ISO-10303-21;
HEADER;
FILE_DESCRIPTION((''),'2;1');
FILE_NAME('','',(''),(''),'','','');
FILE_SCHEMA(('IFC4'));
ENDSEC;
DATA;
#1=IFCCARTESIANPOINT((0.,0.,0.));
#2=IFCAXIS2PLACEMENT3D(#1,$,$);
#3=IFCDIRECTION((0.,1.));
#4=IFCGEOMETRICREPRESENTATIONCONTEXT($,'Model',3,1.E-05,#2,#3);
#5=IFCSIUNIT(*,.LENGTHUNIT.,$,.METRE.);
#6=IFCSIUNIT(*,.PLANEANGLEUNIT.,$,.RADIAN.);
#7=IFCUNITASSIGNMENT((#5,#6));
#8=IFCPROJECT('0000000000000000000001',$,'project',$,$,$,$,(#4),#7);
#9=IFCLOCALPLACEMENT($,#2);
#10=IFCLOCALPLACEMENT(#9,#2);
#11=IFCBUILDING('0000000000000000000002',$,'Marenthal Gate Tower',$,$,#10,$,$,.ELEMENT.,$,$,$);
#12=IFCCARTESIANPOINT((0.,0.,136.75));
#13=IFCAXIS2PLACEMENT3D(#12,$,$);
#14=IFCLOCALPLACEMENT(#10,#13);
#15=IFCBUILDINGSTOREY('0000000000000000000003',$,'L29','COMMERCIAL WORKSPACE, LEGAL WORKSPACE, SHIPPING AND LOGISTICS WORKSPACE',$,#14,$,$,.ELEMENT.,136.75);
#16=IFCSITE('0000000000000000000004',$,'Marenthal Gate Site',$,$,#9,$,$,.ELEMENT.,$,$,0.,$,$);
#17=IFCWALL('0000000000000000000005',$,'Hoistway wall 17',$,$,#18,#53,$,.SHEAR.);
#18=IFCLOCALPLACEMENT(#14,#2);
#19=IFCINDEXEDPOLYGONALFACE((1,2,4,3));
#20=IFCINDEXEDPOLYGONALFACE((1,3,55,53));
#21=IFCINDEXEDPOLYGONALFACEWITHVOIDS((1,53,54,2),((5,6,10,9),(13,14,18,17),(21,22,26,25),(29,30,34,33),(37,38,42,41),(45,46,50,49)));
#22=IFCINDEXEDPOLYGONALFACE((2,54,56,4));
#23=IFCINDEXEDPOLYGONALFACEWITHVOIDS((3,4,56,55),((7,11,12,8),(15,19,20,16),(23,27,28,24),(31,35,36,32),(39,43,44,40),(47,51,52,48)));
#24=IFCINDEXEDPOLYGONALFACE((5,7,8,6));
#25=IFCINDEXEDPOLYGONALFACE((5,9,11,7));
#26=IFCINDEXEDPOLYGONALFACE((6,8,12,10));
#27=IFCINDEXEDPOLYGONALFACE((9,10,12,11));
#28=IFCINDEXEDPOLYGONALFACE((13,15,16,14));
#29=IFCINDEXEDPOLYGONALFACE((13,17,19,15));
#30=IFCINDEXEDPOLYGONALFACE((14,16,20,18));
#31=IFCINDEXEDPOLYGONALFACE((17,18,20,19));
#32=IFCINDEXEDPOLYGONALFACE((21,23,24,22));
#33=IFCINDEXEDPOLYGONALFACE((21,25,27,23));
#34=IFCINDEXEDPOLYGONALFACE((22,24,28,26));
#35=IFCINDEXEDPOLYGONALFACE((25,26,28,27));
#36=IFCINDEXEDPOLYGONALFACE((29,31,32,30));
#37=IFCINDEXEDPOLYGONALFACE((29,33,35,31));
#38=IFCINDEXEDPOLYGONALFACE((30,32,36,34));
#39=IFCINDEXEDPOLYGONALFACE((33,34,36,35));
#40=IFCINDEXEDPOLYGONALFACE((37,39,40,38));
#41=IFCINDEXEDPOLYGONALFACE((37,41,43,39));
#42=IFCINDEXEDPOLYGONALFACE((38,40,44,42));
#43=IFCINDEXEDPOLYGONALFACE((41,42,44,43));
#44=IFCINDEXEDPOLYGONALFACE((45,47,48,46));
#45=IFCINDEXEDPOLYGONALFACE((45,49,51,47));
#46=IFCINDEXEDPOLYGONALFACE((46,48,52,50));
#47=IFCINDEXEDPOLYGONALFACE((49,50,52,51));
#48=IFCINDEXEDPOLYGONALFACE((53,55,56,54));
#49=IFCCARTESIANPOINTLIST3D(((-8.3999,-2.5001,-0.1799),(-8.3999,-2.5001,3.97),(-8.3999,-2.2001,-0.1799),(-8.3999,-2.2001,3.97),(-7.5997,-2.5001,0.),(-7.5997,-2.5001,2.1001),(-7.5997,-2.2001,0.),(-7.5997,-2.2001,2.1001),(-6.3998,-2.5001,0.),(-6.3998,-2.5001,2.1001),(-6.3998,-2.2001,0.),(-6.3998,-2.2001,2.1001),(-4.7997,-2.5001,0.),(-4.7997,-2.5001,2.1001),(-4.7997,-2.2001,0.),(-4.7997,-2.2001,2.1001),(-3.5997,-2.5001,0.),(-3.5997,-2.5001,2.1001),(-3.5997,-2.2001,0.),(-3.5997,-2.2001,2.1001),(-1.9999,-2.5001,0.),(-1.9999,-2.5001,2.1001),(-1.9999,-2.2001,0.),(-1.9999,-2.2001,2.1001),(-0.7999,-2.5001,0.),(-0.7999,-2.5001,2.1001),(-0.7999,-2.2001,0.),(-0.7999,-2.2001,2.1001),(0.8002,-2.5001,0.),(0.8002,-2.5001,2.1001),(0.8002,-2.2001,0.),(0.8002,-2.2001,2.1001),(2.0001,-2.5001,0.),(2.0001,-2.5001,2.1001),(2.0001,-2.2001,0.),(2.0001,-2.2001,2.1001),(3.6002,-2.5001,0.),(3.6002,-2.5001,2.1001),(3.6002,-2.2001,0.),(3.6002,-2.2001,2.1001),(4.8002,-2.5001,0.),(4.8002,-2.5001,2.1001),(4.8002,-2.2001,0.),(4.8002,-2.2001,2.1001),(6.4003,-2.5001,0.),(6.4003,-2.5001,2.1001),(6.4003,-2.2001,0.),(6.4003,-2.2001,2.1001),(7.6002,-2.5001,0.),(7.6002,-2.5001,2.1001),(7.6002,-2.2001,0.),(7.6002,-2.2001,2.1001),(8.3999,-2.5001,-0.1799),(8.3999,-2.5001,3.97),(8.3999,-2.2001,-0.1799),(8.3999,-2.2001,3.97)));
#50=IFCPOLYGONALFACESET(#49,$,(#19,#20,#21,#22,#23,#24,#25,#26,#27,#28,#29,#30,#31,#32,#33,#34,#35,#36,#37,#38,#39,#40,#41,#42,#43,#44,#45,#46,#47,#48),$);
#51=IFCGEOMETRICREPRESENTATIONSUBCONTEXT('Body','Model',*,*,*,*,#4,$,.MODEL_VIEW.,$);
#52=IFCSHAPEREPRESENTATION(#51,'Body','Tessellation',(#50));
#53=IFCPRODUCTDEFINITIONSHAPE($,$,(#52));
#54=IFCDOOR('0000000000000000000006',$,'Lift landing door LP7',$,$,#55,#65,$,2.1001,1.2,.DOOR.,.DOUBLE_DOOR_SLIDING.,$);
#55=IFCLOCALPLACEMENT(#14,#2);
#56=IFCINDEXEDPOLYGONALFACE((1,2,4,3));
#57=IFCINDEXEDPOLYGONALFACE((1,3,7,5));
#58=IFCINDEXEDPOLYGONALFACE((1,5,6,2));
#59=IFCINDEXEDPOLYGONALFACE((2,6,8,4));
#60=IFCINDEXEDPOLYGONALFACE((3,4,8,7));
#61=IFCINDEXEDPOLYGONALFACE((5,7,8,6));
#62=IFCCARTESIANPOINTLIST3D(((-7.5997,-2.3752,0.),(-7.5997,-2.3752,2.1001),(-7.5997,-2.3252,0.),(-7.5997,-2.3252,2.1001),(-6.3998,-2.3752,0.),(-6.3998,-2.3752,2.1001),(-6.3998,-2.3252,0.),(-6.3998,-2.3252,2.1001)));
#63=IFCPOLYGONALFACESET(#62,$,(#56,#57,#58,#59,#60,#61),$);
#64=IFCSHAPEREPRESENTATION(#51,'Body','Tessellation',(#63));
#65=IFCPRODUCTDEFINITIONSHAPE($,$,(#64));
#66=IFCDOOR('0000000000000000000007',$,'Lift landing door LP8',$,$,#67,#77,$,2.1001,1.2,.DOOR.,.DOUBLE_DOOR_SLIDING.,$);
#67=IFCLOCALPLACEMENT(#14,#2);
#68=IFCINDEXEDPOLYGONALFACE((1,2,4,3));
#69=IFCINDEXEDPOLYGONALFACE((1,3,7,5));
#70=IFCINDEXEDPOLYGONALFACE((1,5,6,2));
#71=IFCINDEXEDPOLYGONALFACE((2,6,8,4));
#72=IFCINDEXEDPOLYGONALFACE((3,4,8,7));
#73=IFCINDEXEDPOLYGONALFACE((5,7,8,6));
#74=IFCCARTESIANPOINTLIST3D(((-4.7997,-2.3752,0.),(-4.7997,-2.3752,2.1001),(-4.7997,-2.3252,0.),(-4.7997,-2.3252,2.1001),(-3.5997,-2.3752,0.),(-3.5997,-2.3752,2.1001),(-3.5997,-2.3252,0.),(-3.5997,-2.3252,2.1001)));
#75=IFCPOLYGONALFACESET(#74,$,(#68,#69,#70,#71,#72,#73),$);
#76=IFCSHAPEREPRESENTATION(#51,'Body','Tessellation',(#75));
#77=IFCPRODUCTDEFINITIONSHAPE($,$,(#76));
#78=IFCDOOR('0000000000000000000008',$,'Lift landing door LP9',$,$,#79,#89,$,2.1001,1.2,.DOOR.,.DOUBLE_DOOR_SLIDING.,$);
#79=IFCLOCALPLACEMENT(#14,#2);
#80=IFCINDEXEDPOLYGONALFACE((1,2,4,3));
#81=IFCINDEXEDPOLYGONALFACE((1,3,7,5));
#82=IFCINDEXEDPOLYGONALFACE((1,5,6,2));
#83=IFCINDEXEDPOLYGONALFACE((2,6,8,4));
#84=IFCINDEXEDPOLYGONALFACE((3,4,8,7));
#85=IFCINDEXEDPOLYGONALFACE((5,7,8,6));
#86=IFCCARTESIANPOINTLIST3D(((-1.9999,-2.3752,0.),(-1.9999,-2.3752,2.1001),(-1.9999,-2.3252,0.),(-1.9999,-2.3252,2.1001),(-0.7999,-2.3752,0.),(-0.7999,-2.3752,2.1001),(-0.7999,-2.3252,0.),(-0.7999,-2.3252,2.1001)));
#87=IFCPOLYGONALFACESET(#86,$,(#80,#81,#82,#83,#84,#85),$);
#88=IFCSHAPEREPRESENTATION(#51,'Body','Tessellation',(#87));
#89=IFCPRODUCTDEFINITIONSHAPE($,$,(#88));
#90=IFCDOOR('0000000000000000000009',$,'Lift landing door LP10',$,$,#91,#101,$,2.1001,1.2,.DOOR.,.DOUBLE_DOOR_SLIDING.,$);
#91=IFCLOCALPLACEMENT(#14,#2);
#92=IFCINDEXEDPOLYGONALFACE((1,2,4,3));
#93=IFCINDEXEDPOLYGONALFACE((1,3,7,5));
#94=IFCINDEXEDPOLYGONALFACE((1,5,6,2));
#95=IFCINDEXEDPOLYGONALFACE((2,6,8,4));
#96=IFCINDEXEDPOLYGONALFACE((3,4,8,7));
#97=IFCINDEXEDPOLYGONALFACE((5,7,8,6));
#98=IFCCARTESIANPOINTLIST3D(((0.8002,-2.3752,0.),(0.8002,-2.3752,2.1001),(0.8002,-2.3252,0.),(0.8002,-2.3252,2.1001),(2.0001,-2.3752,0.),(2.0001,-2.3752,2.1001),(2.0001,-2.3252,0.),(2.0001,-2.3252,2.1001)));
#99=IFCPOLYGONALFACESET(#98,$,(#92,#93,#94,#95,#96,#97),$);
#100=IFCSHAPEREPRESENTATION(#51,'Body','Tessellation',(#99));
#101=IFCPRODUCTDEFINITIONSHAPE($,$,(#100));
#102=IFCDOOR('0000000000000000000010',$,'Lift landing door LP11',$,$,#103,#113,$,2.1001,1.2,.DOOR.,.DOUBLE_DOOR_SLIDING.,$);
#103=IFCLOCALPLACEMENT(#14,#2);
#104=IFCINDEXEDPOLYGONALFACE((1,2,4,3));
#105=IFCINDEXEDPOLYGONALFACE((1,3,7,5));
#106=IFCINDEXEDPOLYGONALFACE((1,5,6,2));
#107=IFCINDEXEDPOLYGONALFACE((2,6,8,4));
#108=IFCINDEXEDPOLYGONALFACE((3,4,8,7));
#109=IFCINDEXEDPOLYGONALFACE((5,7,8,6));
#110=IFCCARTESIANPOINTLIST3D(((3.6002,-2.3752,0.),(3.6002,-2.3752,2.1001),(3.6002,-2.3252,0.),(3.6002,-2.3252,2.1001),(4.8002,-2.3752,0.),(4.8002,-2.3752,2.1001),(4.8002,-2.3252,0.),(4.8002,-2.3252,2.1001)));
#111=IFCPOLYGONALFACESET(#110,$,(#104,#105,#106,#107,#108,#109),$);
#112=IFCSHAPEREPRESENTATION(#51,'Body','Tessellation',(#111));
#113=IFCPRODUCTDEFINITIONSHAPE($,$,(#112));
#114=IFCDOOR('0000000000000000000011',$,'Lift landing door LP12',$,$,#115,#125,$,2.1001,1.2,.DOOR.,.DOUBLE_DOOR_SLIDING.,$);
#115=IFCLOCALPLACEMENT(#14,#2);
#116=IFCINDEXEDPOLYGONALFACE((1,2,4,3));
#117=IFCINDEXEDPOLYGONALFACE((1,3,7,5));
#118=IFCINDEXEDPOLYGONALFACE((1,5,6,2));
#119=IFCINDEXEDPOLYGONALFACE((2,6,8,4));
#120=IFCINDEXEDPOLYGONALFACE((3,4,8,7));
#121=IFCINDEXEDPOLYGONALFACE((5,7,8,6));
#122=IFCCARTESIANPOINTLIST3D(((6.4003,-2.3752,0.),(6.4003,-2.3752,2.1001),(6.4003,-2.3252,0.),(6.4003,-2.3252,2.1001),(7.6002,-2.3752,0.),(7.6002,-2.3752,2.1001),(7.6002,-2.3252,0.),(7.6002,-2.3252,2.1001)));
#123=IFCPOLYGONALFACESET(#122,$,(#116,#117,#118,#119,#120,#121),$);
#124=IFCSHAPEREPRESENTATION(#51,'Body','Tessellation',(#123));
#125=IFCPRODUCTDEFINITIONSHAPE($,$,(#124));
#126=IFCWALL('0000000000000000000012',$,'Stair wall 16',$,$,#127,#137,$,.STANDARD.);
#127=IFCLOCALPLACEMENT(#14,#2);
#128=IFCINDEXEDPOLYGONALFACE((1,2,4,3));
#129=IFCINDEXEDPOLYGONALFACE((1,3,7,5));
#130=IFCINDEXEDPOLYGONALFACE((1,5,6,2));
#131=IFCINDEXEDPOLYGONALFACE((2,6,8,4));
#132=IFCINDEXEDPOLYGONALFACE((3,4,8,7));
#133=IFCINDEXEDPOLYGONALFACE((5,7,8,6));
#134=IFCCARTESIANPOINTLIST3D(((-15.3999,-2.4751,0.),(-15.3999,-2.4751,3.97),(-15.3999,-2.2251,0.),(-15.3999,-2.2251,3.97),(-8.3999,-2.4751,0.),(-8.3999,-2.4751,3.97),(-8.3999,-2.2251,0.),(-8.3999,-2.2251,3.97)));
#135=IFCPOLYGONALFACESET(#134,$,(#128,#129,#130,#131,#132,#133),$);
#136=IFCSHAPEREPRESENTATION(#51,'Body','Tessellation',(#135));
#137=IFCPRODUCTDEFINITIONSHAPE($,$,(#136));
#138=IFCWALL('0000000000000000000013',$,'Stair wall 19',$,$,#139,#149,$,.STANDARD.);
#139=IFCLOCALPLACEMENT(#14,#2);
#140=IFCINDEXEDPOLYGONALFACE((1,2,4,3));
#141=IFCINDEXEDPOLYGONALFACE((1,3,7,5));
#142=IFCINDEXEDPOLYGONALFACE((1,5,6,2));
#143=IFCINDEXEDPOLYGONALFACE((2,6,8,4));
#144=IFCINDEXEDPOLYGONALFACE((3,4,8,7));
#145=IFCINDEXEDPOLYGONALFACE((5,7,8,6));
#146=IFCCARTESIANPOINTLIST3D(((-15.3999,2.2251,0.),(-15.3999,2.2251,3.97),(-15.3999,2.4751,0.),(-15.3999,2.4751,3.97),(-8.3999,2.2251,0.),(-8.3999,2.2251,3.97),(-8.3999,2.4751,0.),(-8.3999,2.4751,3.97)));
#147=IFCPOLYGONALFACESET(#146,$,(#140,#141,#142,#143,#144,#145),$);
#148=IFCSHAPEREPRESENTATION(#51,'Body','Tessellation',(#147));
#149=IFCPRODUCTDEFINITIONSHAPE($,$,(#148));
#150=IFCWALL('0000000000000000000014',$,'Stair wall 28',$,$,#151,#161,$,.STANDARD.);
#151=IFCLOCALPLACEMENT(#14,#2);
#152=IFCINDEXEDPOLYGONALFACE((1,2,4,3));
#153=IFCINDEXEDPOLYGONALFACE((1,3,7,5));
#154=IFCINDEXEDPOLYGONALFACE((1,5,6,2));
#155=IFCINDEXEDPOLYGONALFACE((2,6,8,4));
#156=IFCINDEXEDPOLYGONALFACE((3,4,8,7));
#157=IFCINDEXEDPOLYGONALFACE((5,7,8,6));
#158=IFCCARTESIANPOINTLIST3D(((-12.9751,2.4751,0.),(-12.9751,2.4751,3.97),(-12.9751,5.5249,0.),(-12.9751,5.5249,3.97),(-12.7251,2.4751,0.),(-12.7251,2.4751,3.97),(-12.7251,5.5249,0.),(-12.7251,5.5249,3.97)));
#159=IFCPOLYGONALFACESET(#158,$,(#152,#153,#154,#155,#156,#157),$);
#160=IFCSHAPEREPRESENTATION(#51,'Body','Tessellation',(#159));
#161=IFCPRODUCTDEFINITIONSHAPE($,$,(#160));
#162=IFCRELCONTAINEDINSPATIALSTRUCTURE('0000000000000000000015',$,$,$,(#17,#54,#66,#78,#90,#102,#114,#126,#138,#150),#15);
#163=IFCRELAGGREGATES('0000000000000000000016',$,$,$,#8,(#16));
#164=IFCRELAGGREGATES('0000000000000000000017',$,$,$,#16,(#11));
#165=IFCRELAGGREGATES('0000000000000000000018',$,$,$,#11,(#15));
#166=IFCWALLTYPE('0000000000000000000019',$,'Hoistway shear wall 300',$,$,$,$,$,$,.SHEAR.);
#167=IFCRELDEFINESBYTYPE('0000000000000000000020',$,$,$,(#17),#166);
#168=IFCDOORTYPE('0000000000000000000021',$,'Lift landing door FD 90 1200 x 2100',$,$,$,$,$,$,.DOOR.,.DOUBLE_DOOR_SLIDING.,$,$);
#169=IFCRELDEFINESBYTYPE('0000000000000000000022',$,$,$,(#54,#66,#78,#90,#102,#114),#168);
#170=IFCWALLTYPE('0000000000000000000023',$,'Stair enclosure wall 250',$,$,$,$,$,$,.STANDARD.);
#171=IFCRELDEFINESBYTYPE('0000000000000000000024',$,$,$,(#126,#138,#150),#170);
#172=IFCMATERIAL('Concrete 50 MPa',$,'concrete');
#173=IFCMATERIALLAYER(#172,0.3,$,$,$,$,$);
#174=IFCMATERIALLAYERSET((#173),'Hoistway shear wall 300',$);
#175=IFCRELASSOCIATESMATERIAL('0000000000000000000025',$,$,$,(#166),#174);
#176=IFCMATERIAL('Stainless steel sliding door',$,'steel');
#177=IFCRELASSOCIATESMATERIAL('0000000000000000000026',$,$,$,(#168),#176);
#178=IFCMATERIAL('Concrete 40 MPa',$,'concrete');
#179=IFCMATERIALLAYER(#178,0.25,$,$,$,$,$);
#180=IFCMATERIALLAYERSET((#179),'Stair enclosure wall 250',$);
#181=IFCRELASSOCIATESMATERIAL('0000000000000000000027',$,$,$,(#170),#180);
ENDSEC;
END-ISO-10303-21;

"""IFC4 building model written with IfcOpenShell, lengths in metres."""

from ifc_helpers import new_model, si_unit, direction, frame, frame_2d, origin, place, context, subcontext, project, spatial, rectangle, extrude, material, layer, layer_set, type_object, element, fill, save


model = new_model("IFC4")

# Units and contexts
model_context = context("Model", 3, precision=1e-05, world=origin(), true_north=direction((0.0, 1.0)))
body_context = subcontext(model_context, "Body", "Model", "MODEL_VIEW")
ifc_project = project(units=[si_unit("LENGTHUNIT", "METRE"), si_unit("PLANEANGLEUNIT", "RADIAN")], contexts=[model_context])

# Site, building, storey
site_placement = place(None, origin())
site = spatial("IfcSite", under=ifc_project, at=site_placement, Name="Marenthal Gate Site", CompositionType="ELEMENT", RefElevation=0.0)
building_placement = place(site_placement, origin())
building = spatial("IfcBuilding", under=site, at=building_placement, Name="Marenthal Gate Tower", CompositionType="ELEMENT")
storey_placement = place(building_placement, frame((0.0, 0.0, 136.75)))
storey = spatial("IfcBuildingStorey", under=building, at=storey_placement, Name="L29", Description="COMMERCIAL WORKSPACE, LEGAL WORKSPACE, SHIPPING AND LOGISTICS WORKSPACE", CompositionType="ELEMENT", Elevation=136.75)

# Wall, openings, doors
ifc_material_1 = material(Name="Concrete 50 MPa", Category="concrete")
ifc_layer_1 = layer(ifc_material_1, 0.3)
ifc_layer_set_1 = layer_set([ifc_layer_1], Name="Hoistway shear wall 300")
wall_type_1 = type_object("IfcWallType", Name="Hoistway shear wall 300", PredefinedType="SHEAR", material=ifc_layer_set_1)
wall_1_placement = place(storey_placement, frame((-8.3999, -2.3501, -0.1799), z_axis=(0.0, 0.0, 1.0), x_axis=(1.0, 0.0, 0.0)))
wall_1 = element("IfcWall", 1, at=wall_1_placement, inside=storey, type_object=wall_type_1, Name="Hoistway wall 17", PredefinedType="SHEAR", context=body_context, shape_type="SweptSolid", body=[
    extrude(rectangle(XDim=16.7998, YDim=0.3, at=frame_2d((8.3999, 0.0))), origin(), (0.0, 0.0, 1.0), 4.1499),
])
opening_1_placement = place(wall_1_placement, frame((0.8, 0.0, 0.1799)))
opening_1 = element("IfcOpeningElement", 2, at=opening_1_placement, cuts=wall_1, PredefinedType="OPENING", context=body_context, shape_type="SweptSolid", body=[
    extrude(rectangle(XDim=1.2, YDim=2.1001, at=frame_2d((0.6001, 1.05))), frame((0.0, 0.1602, 0.0), z_axis=(0.0, -1.0, 0.0), x_axis=(1.0, 0.0, 0.0)), (0.0, 0.0, 1.0), 0.3201),
])
opening_2_placement = place(wall_1_placement, frame((3.6001, 0.0, 0.1799)))
opening_2 = element("IfcOpeningElement", 3, at=opening_2_placement, cuts=wall_1, PredefinedType="OPENING", context=body_context, shape_type="SweptSolid", body=[
    extrude(rectangle(XDim=1.2, YDim=2.1001, at=frame_2d((0.6001, 1.05))), frame((0.0, 0.1602, 0.0), z_axis=(0.0, -1.0, 0.0), x_axis=(1.0, 0.0, 0.0)), (0.0, 0.0, 1.0), 0.3201),
])
opening_3_placement = place(wall_1_placement, frame((6.3999, 0.0, 0.1799)))
opening_3 = element("IfcOpeningElement", 4, at=opening_3_placement, cuts=wall_1, PredefinedType="OPENING", context=body_context, shape_type="SweptSolid", body=[
    extrude(rectangle(XDim=1.2, YDim=2.1001, at=frame_2d((0.6001, 1.05))), frame((0.0, 0.1602, 0.0), z_axis=(0.0, -1.0, 0.0), x_axis=(1.0, 0.0, 0.0)), (0.0, 0.0, 1.0), 0.3201),
])
opening_4_placement = place(wall_1_placement, frame((9.2, 0.0, 0.1799)))
opening_4 = element("IfcOpeningElement", 5, at=opening_4_placement, cuts=wall_1, PredefinedType="OPENING", context=body_context, shape_type="SweptSolid", body=[
    extrude(rectangle(XDim=1.2, YDim=2.1001, at=frame_2d((0.6001, 1.05))), frame((0.0, 0.1602, 0.0), z_axis=(0.0, -1.0, 0.0), x_axis=(1.0, 0.0, 0.0)), (0.0, 0.0, 1.0), 0.3201),
])
opening_5_placement = place(wall_1_placement, frame((12.0, 0.0, 0.1799)))
opening_5 = element("IfcOpeningElement", 6, at=opening_5_placement, cuts=wall_1, PredefinedType="OPENING", context=body_context, shape_type="SweptSolid", body=[
    extrude(rectangle(XDim=1.2, YDim=2.1001, at=frame_2d((0.6001, 1.05))), frame((0.0, 0.1602, 0.0), z_axis=(0.0, -1.0, 0.0), x_axis=(1.0, 0.0, 0.0)), (0.0, 0.0, 1.0), 0.3201),
])
opening_6_placement = place(wall_1_placement, frame((14.8, 0.0, 0.1799)))
opening_6 = element("IfcOpeningElement", 7, at=opening_6_placement, cuts=wall_1, PredefinedType="OPENING", context=body_context, shape_type="SweptSolid", body=[
    extrude(rectangle(XDim=1.2, YDim=2.1001, at=frame_2d((0.6001, 1.05))), frame((0.0, 0.1602, 0.0), z_axis=(0.0, -1.0, 0.0), x_axis=(1.0, 0.0, 0.0)), (0.0, 0.0, 1.0), 0.3201),
])
ifc_material_2 = material(Name="Stainless steel sliding door", Category="steel")
door_type_1 = type_object("IfcDoorType", Name="Lift landing door FD 90 1200 x 2100", OperationType="DOUBLE_DOOR_SLIDING", PredefinedType="DOOR", material=ifc_material_2)
door_1_placement = place(opening_1_placement, origin())
door_1 = element("IfcDoor", 8, at=door_1_placement, inside=storey, type_object=door_type_1, Name="Lift landing door LP7", OperationType="DOUBLE_DOOR_SLIDING", OverallHeight=2.1001, OverallWidth=1.2, PredefinedType="DOOR", context=body_context, shape_type="SweptSolid", body=[
    extrude(rectangle(XDim=1.2, YDim=2.1001, at=frame_2d((0.6001, 1.05))), frame((0.0, 0.0249, 0.0), z_axis=(0.0, -1.0, 0.0), x_axis=(1.0, 0.0, 0.0)), (0.0, 0.0, 1.0), 0.05),
])
fill(opening_1, door_1)
door_2_placement = place(opening_2_placement, origin())
door_2 = element("IfcDoor", 9, at=door_2_placement, inside=storey, type_object=door_type_1, Name="Lift landing door LP8", OperationType="DOUBLE_DOOR_SLIDING", OverallHeight=2.1001, OverallWidth=1.2, PredefinedType="DOOR", context=body_context, shape_type="SweptSolid", body=[
    extrude(rectangle(XDim=1.2, YDim=2.1001, at=frame_2d((0.6001, 1.05))), frame((0.0, 0.0249, 0.0), z_axis=(0.0, -1.0, 0.0), x_axis=(1.0, 0.0, 0.0)), (0.0, 0.0, 1.0), 0.05),
])
fill(opening_2, door_2)
door_3_placement = place(opening_3_placement, origin())
door_3 = element("IfcDoor", 10, at=door_3_placement, inside=storey, type_object=door_type_1, Name="Lift landing door LP9", OperationType="DOUBLE_DOOR_SLIDING", OverallHeight=2.1001, OverallWidth=1.2, PredefinedType="DOOR", context=body_context, shape_type="SweptSolid", body=[
    extrude(rectangle(XDim=1.2, YDim=2.1001, at=frame_2d((0.6001, 1.05))), frame((0.0, 0.0249, 0.0), z_axis=(0.0, -1.0, 0.0), x_axis=(1.0, 0.0, 0.0)), (0.0, 0.0, 1.0), 0.05),
])
fill(opening_3, door_3)
door_4_placement = place(opening_4_placement, origin())
door_4 = element("IfcDoor", 11, at=door_4_placement, inside=storey, type_object=door_type_1, Name="Lift landing door LP10", OperationType="DOUBLE_DOOR_SLIDING", OverallHeight=2.1001, OverallWidth=1.2, PredefinedType="DOOR", context=body_context, shape_type="SweptSolid", body=[
    extrude(rectangle(XDim=1.2, YDim=2.1001, at=frame_2d((0.6001, 1.05))), frame((0.0, 0.0249, 0.0), z_axis=(0.0, -1.0, 0.0), x_axis=(1.0, 0.0, 0.0)), (0.0, 0.0, 1.0), 0.05),
])
fill(opening_4, door_4)
door_5_placement = place(opening_5_placement, origin())
door_5 = element("IfcDoor", 12, at=door_5_placement, inside=storey, type_object=door_type_1, Name="Lift landing door LP11", OperationType="DOUBLE_DOOR_SLIDING", OverallHeight=2.1001, OverallWidth=1.2, PredefinedType="DOOR", context=body_context, shape_type="SweptSolid", body=[
    extrude(rectangle(XDim=1.2, YDim=2.1001, at=frame_2d((0.6001, 1.05))), frame((0.0, 0.0249, 0.0), z_axis=(0.0, -1.0, 0.0), x_axis=(1.0, 0.0, 0.0)), (0.0, 0.0, 1.0), 0.05),
])
fill(opening_5, door_5)
door_6_placement = place(opening_6_placement, origin())
door_6 = element("IfcDoor", 13, at=door_6_placement, inside=storey, type_object=door_type_1, Name="Lift landing door LP12", OperationType="DOUBLE_DOOR_SLIDING", OverallHeight=2.1001, OverallWidth=1.2, PredefinedType="DOOR", context=body_context, shape_type="SweptSolid", body=[
    extrude(rectangle(XDim=1.2, YDim=2.1001, at=frame_2d((0.6001, 1.05))), frame((0.0, 0.0249, 0.0), z_axis=(0.0, -1.0, 0.0), x_axis=(1.0, 0.0, 0.0)), (0.0, 0.0, 1.0), 0.05),
])
fill(opening_6, door_6)

# Walls
ifc_material_3 = material(Name="Concrete 40 MPa", Category="concrete")
ifc_layer_2 = layer(ifc_material_3, 0.25)
ifc_layer_set_2 = layer_set([ifc_layer_2], Name="Stair enclosure wall 250")
wall_type_2 = type_object("IfcWallType", Name="Stair enclosure wall 250", PredefinedType="STANDARD", material=ifc_layer_set_2)
for number, where, z_axis, x_axis, name in (
    (14, (-15.3999, -2.3501, 0.0), (0.0, 0.0, 1.0), (1.0, 0.0, 0.0), "Stair wall 16"),
    (15, (-15.3999, 2.3501, 0.0), (0.0, 0.0, 1.0), (1.0, 0.0, 0.0), "Stair wall 19"),
):
    element("IfcWall", number, at=place(storey_placement, frame(where, z_axis=z_axis, x_axis=x_axis)), inside=storey, type_object=wall_type_2, Name=name, PredefinedType="STANDARD", context=body_context, shape_type="SweptSolid", body=[
        extrude(rectangle(XDim=7.0, YDim=0.25, at=frame_2d((3.5, 0.0))), origin(), (0.0, 0.0, 1.0), 3.97),
    ])
wall_2_placement = place(storey_placement, frame((-12.8501, 2.4751, 0.0), z_axis=(0.0, 0.0, 1.0), x_axis=(0.0, 1.0, 0.0)))
element("IfcWall", 16, at=wall_2_placement, inside=storey, type_object=wall_type_2, Name="Stair wall 28", PredefinedType="STANDARD", context=body_context, shape_type="SweptSolid", body=[
    extrude(rectangle(XDim=3.0498, YDim=0.25, at=frame_2d((1.5249, 0.0))), origin(), (0.0, 0.0, 1.0), 3.97),
])

save(model, "model.ifc")
